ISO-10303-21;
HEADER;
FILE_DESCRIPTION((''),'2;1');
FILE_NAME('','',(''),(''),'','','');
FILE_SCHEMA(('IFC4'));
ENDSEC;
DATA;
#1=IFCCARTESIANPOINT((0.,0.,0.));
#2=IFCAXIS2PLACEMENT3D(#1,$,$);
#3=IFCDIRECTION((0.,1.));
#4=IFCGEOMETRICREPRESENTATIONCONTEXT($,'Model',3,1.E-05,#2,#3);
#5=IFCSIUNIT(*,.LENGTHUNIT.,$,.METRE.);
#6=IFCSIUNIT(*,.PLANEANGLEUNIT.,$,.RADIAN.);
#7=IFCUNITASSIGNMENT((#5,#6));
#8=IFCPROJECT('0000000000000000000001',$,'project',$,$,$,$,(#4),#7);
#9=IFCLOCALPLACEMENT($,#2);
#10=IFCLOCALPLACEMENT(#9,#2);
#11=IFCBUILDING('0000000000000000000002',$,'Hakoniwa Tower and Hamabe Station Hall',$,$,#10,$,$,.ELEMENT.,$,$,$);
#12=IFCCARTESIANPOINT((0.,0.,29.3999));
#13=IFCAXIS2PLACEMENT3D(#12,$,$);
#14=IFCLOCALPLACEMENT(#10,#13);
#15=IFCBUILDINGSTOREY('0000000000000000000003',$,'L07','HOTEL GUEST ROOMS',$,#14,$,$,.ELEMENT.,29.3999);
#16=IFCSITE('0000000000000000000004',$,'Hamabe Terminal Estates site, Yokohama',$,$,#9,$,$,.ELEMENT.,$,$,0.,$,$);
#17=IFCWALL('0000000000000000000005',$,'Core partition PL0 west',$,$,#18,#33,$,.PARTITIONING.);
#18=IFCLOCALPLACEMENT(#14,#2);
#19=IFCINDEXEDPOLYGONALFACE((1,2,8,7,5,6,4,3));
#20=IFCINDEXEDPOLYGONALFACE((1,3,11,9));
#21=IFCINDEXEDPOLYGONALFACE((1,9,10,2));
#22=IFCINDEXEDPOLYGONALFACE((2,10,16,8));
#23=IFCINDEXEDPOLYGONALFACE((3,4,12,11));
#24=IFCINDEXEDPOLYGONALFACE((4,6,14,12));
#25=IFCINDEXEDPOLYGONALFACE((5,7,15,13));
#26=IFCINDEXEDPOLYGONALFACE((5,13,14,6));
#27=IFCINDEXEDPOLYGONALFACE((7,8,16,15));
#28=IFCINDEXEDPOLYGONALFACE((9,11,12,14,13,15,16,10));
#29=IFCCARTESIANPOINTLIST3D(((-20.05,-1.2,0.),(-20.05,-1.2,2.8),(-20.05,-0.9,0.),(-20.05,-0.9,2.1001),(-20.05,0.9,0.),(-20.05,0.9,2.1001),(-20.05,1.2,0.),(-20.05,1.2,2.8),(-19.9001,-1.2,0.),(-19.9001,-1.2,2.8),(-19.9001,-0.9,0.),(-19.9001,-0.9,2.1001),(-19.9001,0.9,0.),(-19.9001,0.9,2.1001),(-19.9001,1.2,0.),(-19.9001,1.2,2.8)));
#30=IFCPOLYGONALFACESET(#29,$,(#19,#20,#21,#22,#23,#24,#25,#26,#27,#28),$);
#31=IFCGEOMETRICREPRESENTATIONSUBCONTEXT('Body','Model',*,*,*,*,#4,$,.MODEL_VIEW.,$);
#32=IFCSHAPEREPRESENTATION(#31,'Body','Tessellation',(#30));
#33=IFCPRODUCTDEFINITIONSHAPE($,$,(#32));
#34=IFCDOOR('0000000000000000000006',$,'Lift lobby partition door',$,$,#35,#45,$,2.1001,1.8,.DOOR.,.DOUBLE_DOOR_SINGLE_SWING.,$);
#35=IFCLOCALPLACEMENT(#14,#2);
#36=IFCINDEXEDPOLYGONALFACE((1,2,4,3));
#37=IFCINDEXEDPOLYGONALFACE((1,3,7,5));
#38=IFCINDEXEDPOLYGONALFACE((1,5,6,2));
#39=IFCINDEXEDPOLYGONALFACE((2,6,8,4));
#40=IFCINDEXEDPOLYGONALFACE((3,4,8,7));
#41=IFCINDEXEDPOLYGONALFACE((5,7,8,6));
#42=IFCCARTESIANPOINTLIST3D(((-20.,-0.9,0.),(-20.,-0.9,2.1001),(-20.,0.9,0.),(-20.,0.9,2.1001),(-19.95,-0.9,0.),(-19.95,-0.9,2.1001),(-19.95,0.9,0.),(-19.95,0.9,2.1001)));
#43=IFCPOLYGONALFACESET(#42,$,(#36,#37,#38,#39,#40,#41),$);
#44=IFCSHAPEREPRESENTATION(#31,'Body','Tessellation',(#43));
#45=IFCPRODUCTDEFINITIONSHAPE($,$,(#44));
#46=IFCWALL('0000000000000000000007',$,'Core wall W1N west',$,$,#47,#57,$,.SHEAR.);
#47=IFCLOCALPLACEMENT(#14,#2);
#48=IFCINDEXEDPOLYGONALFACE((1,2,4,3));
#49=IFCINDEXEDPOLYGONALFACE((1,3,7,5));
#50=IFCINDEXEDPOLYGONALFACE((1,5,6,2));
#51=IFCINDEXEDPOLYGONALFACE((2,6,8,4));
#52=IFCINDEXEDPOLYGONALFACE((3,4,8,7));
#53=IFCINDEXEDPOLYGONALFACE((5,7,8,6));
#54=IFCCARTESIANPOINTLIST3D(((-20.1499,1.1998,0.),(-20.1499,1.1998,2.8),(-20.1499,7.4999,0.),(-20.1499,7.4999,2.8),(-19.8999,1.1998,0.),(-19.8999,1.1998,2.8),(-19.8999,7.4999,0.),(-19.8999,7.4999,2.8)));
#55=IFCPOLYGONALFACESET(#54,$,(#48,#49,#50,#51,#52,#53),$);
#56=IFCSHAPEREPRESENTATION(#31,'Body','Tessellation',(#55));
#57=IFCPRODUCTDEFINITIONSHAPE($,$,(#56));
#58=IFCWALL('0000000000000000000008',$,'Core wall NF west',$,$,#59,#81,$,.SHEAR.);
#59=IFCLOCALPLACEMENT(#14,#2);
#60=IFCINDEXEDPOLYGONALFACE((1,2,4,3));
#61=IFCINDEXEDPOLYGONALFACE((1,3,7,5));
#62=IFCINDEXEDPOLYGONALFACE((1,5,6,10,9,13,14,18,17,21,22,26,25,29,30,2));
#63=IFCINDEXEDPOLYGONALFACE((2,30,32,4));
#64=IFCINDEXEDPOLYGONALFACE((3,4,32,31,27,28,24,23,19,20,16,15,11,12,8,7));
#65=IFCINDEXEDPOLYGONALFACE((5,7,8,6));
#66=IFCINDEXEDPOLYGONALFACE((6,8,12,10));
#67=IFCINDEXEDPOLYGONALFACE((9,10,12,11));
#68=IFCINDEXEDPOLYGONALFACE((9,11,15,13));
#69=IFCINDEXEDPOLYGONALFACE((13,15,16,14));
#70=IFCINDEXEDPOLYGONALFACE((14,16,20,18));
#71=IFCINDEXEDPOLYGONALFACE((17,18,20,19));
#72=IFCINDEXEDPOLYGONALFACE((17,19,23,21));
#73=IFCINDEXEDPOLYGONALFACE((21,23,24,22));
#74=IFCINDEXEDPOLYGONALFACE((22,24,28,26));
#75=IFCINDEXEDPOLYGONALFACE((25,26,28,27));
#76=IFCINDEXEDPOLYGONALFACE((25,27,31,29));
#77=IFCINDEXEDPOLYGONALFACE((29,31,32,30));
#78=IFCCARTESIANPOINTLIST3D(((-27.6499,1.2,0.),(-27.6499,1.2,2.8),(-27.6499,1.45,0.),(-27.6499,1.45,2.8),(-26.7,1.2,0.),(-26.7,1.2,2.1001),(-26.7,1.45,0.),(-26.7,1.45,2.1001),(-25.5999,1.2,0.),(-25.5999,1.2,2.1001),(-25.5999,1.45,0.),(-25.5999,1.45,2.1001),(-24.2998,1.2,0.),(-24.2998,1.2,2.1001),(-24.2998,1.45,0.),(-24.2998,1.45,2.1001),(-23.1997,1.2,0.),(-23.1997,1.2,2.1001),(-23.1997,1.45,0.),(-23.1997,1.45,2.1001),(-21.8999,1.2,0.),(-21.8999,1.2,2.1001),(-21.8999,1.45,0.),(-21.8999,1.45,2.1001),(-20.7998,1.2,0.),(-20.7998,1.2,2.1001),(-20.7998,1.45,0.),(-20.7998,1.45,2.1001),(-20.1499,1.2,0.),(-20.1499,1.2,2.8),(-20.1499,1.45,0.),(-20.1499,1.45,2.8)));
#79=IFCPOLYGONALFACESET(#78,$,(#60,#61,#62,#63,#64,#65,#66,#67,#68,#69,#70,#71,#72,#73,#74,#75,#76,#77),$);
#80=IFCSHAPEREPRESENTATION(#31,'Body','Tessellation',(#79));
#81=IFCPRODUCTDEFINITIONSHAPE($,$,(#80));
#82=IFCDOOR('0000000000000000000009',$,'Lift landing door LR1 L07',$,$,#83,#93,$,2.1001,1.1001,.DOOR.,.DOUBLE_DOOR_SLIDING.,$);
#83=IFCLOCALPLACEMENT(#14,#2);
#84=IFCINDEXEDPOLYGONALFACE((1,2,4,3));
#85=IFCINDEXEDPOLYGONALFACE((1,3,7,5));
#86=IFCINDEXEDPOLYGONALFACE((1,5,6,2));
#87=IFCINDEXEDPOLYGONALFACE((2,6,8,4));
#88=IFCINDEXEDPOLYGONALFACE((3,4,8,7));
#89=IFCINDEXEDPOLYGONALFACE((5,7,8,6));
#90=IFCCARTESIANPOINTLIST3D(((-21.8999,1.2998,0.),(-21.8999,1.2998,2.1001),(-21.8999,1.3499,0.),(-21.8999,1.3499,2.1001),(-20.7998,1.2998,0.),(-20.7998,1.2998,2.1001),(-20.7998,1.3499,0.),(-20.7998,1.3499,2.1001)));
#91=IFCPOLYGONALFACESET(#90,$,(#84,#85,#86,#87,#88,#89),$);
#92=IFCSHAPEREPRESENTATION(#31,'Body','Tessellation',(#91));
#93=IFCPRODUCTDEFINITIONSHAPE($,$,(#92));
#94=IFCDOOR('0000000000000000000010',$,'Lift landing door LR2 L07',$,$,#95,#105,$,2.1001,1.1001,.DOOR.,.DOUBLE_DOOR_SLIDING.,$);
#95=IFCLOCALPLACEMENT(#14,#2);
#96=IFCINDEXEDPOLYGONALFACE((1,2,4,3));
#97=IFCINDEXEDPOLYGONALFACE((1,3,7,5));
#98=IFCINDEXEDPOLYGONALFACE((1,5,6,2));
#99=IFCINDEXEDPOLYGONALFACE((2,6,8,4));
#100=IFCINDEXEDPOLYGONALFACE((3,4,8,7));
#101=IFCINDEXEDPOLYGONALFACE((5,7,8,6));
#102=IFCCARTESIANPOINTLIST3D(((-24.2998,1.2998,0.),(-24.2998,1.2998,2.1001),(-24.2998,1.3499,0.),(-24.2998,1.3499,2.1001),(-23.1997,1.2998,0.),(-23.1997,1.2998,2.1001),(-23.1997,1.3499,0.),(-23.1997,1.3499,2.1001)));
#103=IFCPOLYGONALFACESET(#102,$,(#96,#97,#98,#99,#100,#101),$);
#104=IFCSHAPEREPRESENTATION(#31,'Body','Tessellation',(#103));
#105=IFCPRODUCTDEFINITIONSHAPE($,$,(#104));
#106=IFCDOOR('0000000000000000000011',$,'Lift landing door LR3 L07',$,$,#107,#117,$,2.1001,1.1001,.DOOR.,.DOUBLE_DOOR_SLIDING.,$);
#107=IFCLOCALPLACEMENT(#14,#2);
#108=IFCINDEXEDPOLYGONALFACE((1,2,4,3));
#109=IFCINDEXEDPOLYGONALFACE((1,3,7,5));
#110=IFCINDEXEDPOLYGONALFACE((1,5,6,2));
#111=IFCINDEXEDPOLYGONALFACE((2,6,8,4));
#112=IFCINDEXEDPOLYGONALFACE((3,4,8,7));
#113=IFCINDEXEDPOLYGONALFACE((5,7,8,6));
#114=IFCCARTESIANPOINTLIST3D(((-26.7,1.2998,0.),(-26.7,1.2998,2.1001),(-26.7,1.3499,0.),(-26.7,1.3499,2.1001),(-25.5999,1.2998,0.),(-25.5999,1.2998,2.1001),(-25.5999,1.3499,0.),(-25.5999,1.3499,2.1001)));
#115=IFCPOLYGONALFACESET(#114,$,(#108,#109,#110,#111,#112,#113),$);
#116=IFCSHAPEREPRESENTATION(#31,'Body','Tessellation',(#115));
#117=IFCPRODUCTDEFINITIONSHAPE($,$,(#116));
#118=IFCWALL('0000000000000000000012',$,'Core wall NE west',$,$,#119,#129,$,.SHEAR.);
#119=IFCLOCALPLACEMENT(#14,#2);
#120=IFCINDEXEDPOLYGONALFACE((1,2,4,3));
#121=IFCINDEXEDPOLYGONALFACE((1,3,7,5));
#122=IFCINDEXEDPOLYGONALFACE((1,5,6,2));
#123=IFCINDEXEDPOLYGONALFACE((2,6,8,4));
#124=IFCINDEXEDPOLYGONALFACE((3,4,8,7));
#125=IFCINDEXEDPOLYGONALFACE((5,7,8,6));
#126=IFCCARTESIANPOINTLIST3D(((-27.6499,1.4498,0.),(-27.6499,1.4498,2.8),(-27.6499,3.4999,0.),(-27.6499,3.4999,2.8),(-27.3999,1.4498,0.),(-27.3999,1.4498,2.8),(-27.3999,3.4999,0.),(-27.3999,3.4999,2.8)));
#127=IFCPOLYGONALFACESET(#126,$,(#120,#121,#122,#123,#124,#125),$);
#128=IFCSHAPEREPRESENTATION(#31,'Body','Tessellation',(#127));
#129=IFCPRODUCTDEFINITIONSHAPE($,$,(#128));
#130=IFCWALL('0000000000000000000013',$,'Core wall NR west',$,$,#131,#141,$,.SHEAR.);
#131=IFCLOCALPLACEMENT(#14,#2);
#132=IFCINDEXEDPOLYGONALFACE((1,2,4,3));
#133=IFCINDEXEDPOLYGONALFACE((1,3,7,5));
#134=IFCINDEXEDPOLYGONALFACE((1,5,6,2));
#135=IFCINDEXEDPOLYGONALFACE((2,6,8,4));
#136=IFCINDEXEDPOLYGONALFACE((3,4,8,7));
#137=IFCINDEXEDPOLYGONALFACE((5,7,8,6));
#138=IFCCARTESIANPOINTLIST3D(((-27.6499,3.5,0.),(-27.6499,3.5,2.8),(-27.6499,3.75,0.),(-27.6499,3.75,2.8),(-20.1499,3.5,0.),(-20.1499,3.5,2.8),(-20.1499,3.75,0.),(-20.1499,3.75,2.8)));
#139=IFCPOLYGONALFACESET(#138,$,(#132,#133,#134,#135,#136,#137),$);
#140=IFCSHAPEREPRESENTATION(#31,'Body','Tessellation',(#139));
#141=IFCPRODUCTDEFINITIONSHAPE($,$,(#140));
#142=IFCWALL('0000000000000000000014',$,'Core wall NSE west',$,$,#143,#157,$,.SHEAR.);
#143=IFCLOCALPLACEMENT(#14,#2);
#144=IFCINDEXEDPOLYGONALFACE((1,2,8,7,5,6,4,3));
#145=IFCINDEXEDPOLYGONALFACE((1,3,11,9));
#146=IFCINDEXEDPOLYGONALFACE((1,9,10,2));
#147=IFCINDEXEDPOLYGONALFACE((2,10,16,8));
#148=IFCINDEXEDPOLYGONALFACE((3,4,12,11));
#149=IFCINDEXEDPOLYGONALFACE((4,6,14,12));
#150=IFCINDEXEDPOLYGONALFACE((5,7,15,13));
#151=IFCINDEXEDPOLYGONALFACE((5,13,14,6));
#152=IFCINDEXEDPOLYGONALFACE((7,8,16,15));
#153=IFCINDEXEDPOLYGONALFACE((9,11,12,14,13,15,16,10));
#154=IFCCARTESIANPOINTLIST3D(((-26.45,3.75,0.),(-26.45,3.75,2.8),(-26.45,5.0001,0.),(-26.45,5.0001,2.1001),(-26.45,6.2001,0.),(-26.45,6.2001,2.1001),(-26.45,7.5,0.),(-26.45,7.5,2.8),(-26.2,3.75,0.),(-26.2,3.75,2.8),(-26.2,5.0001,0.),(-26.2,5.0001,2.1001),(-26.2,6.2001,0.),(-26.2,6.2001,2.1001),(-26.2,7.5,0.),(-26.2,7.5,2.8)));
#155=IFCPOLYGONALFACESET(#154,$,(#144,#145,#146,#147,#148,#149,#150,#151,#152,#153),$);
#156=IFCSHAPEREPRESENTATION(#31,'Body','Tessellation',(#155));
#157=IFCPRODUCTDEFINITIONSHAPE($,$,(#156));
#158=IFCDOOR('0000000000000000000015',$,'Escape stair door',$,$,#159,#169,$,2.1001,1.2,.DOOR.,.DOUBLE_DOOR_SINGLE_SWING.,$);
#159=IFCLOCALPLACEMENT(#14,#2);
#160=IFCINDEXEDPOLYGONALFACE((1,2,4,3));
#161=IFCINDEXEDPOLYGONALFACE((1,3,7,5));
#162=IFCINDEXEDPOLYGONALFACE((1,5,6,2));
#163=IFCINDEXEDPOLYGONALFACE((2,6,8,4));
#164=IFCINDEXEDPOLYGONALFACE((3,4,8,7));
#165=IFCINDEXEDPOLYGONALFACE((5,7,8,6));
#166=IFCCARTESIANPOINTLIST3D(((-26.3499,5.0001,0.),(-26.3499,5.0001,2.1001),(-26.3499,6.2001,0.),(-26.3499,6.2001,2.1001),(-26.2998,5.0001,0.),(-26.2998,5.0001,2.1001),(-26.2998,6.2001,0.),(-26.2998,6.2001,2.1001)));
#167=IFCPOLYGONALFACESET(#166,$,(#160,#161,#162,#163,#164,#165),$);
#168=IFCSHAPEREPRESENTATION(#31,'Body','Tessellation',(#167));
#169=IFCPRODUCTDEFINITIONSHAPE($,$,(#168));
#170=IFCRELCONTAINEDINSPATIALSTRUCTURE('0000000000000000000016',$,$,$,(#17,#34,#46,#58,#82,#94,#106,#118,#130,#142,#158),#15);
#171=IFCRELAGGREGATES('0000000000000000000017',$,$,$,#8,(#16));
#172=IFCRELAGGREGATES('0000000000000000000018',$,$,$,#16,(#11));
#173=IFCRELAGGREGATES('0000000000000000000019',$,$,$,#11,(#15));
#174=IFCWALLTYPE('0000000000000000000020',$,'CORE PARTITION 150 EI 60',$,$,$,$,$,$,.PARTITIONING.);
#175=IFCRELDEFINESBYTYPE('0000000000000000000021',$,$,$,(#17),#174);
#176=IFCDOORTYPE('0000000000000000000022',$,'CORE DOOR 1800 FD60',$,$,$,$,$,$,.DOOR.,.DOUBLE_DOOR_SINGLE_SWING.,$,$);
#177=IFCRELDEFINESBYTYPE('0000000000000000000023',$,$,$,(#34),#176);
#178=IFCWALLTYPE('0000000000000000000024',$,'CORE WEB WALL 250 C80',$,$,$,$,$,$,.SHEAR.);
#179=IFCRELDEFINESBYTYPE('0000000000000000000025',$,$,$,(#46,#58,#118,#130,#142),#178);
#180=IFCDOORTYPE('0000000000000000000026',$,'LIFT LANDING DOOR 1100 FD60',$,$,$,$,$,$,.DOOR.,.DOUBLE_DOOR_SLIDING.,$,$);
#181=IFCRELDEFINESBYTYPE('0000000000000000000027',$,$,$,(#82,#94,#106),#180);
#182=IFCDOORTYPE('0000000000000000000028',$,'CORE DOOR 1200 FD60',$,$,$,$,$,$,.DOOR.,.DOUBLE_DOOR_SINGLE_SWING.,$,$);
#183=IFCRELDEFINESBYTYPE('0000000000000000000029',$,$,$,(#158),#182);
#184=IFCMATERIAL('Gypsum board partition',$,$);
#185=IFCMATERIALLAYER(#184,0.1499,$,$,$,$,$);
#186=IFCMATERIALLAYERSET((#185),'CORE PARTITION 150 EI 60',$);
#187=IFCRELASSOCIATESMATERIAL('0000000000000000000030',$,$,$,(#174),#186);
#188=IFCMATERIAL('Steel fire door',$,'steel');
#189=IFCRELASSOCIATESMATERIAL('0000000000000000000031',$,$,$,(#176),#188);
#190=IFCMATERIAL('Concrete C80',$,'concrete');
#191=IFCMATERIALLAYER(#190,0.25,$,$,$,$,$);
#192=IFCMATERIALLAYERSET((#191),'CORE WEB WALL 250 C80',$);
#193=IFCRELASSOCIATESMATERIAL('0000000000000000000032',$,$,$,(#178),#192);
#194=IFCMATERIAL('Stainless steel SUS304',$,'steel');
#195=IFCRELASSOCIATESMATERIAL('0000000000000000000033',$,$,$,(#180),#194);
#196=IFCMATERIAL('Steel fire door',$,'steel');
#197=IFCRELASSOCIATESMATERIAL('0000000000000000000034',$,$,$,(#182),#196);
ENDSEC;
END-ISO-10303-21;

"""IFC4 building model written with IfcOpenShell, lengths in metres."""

from ifc_helpers import new_model, si_unit, direction, frame, frame_2d, origin, place, context, subcontext, project, spatial, rectangle, extrude, material, layer, layer_set, type_object, element, fill, save


model = new_model("IFC4")

# Units and contexts
model_context = context("Model", 3, precision=1e-05, world=origin(), true_north=direction((0.0, 1.0)))
body_context = subcontext(model_context, "Body", "Model", "MODEL_VIEW")
ifc_project = project(units=[si_unit("LENGTHUNIT", "METRE"), si_unit("PLANEANGLEUNIT", "RADIAN")], contexts=[model_context])

# Site, building, storey
site_placement = place(None, origin())
site = spatial("IfcSite", under=ifc_project, at=site_placement, Name="Hamabe Terminal Estates site, Yokohama", CompositionType="ELEMENT", RefElevation=0.0)
building_placement = place(site_placement, origin())
building = spatial("IfcBuilding", under=site, at=building_placement, Name="Hakoniwa Tower and Hamabe Station Hall", CompositionType="ELEMENT")
storey_placement = place(building_placement, frame((0.0, 0.0, 29.3999)))
storey = spatial("IfcBuildingStorey", under=building, at=storey_placement, Name="L07", Description="HOTEL GUEST ROOMS", CompositionType="ELEMENT", Elevation=29.3999)

# Wall, opening, door
ifc_material_1 = material(Name="Gypsum board partition")
ifc_layer_1 = layer(ifc_material_1, 0.1499)
ifc_layer_set_1 = layer_set([ifc_layer_1], Name="CORE PARTITION 150 EI 60")
wall_type_1 = type_object("IfcWallType", Name="CORE PARTITION 150 EI 60", PredefinedType="PARTITIONING", material=ifc_layer_set_1)
wall_1_placement = place(storey_placement, frame((-19.9751, -1.2, 0.0), z_axis=(0.0, 0.0, 1.0), x_axis=(0.0, 1.0, 0.0)))
wall_1 = element("IfcWall", 1, at=wall_1_placement, inside=storey, type_object=wall_type_1, Name="Core partition PL0 west", PredefinedType="PARTITIONING", context=body_context, shape_type="SweptSolid", body=[
    extrude(rectangle(XDim=2.3999, YDim=0.1499, at=frame_2d((1.2, 0.0))), origin(), (0.0, 0.0, 1.0), 2.8),
])
opening_1_placement = place(wall_1_placement, frame((0.3, 0.0, 0.0)))
opening_1 = element("IfcOpeningElement", 2, at=opening_1_placement, cuts=wall_1, PredefinedType="OPENING", context=body_context, shape_type="SweptSolid", body=[
    extrude(rectangle(XDim=1.8, YDim=2.1001, at=frame_2d((0.8999, 1.05))), frame((0.0, 0.085, 0.0), z_axis=(0.0, -1.0, 0.0), x_axis=(1.0, 0.0, 0.0)), (0.0, 0.0, 1.0), 0.1699),
])
ifc_material_2 = material(Name="Steel fire door", Category="steel")
door_type_1 = type_object("IfcDoorType", Name="CORE DOOR 1800 FD60", OperationType="DOUBLE_DOOR_SINGLE_SWING", PredefinedType="DOOR", material=ifc_material_2)
door_1_placement = place(opening_1_placement, origin())
door_1 = element("IfcDoor", 3, at=door_1_placement, inside=storey, type_object=door_type_1, Name="Lift lobby partition door", OperationType="DOUBLE_DOOR_SINGLE_SWING", OverallHeight=2.1001, OverallWidth=1.8, PredefinedType="DOOR", context=body_context, shape_type="SweptSolid", body=[
    extrude(rectangle(XDim=1.8, YDim=2.1001, at=frame_2d((0.8999, 1.05))), frame((0.0, 0.0249, 0.0), z_axis=(0.0, -1.0, 0.0), x_axis=(1.0, 0.0, 0.0)), (0.0, 0.0, 1.0), 0.05),
])
fill(opening_1, door_1)

# Wall
ifc_material_3 = material(Name="Concrete C80", Category="concrete")
ifc_layer_2 = layer(ifc_material_3, 0.25)
ifc_layer_set_2 = layer_set([ifc_layer_2], Name="CORE WEB WALL 250 C80")
wall_type_2 = type_object("IfcWallType", Name="CORE WEB WALL 250 C80", PredefinedType="SHEAR", material=ifc_layer_set_2)
wall_2_placement = place(storey_placement, frame((-20.0249, 1.2, 0.0), z_axis=(0.0, 0.0, 1.0), x_axis=(0.0, 1.0, 0.0)))
element("IfcWall", 4, at=wall_2_placement, inside=storey, type_object=wall_type_2, Name="Core wall W1N west", PredefinedType="SHEAR", context=body_context, shape_type="SweptSolid", body=[
    extrude(rectangle(XDim=6.3, YDim=0.25, at=frame_2d((3.1499, 0.0))), origin(), (0.0, 0.0, 1.0), 2.8),
])

# Wall, openings, doors
wall_3_placement = place(storey_placement, frame((-27.6499, 1.325, 0.0), z_axis=(0.0, 0.0, 1.0), x_axis=(1.0, 0.0, 0.0)))
wall_3 = element("IfcWall", 5, at=wall_3_placement, inside=storey, type_object=wall_type_2, Name="Core wall NF west", PredefinedType="SHEAR", context=body_context, shape_type="SweptSolid", body=[
    extrude(rectangle(XDim=7.5, YDim=0.25, at=frame_2d((3.75, 0.0))), origin(), (0.0, 0.0, 1.0), 2.8),
])
opening_2_placement = place(wall_3_placement, frame((5.75, 0.0, 0.0)))
opening_2 = element("IfcOpeningElement", 6, at=opening_2_placement, cuts=wall_3, PredefinedType="OPENING", context=body_context, shape_type="SweptSolid", body=[
    extrude(rectangle(XDim=1.1001, YDim=2.1001, at=frame_2d((0.55, 1.05))), frame((0.0, 0.135, 0.0), z_axis=(0.0, -1.0, 0.0), x_axis=(1.0, 0.0, 0.0)), (0.0, 0.0, 1.0), 0.27),
])
opening_3_placement = place(wall_3_placement, frame((3.3501, 0.0, 0.0)))
opening_3 = element("IfcOpeningElement", 7, at=opening_3_placement, cuts=wall_3, PredefinedType="OPENING", context=body_context, shape_type="SweptSolid", body=[
    extrude(rectangle(XDim=1.1001, YDim=2.1001, at=frame_2d((0.55, 1.05))), frame((0.0, 0.135, 0.0), z_axis=(0.0, -1.0, 0.0), x_axis=(1.0, 0.0, 0.0)), (0.0, 0.0, 1.0), 0.27),
])
opening_4_placement = place(wall_3_placement, frame((0.95, 0.0, 0.0)))
opening_4 = element("IfcOpeningElement", 8, at=opening_4_placement, cuts=wall_3, PredefinedType="OPENING", context=body_context, shape_type="SweptSolid", body=[
    extrude(rectangle(XDim=1.1001, YDim=2.1001, at=frame_2d((0.55, 1.05))), frame((0.0, 0.135, 0.0), z_axis=(0.0, -1.0, 0.0), x_axis=(1.0, 0.0, 0.0)), (0.0, 0.0, 1.0), 0.27),
])
ifc_material_4 = material(Name="Stainless steel SUS304", Category="steel")
door_type_2 = type_object("IfcDoorType", Name="LIFT LANDING DOOR 1100 FD60", OperationType="DOUBLE_DOOR_SLIDING", PredefinedType="DOOR", material=ifc_material_4)
door_2_placement = place(opening_2_placement, origin())
door_2 = element("IfcDoor", 9, at=door_2_placement, inside=storey, type_object=door_type_2, Name="Lift landing door LR1 L07", OperationType="DOUBLE_DOOR_SLIDING", OverallHeight=2.1001, OverallWidth=1.1001, PredefinedType="DOOR", context=body_context, shape_type="SweptSolid", body=[
    extrude(rectangle(XDim=1.1001, YDim=2.1001, at=frame_2d((0.55, 1.05))), frame((0.0, 0.0249, 0.0), z_axis=(0.0, -1.0, 0.0), x_axis=(1.0, 0.0, 0.0)), (0.0, 0.0, 1.0), 0.05),
])
fill(opening_2, door_2)
door_3_placement = place(opening_3_placement, origin())
door_3 = element("IfcDoor", 10, at=door_3_placement, inside=storey, type_object=door_type_2, Name="Lift landing door LR2 L07", OperationType="DOUBLE_DOOR_SLIDING", OverallHeight=2.1001, OverallWidth=1.1001, PredefinedType="DOOR", context=body_context, shape_type="SweptSolid", body=[
    extrude(rectangle(XDim=1.1001, YDim=2.1001, at=frame_2d((0.55, 1.05))), frame((0.0, 0.0249, 0.0), z_axis=(0.0, -1.0, 0.0), x_axis=(1.0, 0.0, 0.0)), (0.0, 0.0, 1.0), 0.05),
])
fill(opening_3, door_3)
door_4_placement = place(opening_4_placement, origin())
door_4 = element("IfcDoor", 11, at=door_4_placement, inside=storey, type_object=door_type_2, Name="Lift landing door LR3 L07", OperationType="DOUBLE_DOOR_SLIDING", OverallHeight=2.1001, OverallWidth=1.1001, PredefinedType="DOOR", context=body_context, shape_type="SweptSolid", body=[
    extrude(rectangle(XDim=1.1001, YDim=2.1001, at=frame_2d((0.55, 1.05))), frame((0.0, 0.0249, 0.0), z_axis=(0.0, -1.0, 0.0), x_axis=(1.0, 0.0, 0.0)), (0.0, 0.0, 1.0), 0.05),
])
fill(opening_4, door_4)

# Walls
wall_4_placement = place(storey_placement, frame((-27.5249, 1.45, 0.0), z_axis=(0.0, 0.0, 1.0), x_axis=(0.0, 1.0, 0.0)))
element("IfcWall", 12, at=wall_4_placement, inside=storey, type_object=wall_type_2, Name="Core wall NE west", PredefinedType="SHEAR", context=body_context, shape_type="SweptSolid", body=[
    extrude(rectangle(XDim=2.05, YDim=0.25, at=frame_2d((1.0249, 0.0))), origin(), (0.0, 0.0, 1.0), 2.8),
])
wall_5_placement = place(storey_placement, frame((-27.6499, 3.625, 0.0), z_axis=(0.0, 0.0, 1.0), x_axis=(1.0, 0.0, 0.0)))
element("IfcWall", 13, at=wall_5_placement, inside=storey, type_object=wall_type_2, Name="Core wall NR west", PredefinedType="SHEAR", context=body_context, shape_type="SweptSolid", body=[
    extrude(rectangle(XDim=7.5, YDim=0.25, at=frame_2d((3.75, 0.0))), origin(), (0.0, 0.0, 1.0), 2.8),
])

# Wall, opening, door
wall_6_placement = place(storey_placement, frame((-26.325, 3.75, 0.0), z_axis=(0.0, 0.0, 1.0), x_axis=(0.0, 1.0, 0.0)))
wall_6 = element("IfcWall", 14, at=wall_6_placement, inside=storey, type_object=wall_type_2, Name="Core wall NSE west", PredefinedType="SHEAR", context=body_context, shape_type="SweptSolid", body=[
    extrude(rectangle(XDim=3.75, YDim=0.25, at=frame_2d((1.875, 0.0))), origin(), (0.0, 0.0, 1.0), 2.8),
])
opening_5_placement = place(wall_6_placement, frame((1.25, 0.0, 0.0)))
opening_5 = element("IfcOpeningElement", 15, at=opening_5_placement, cuts=wall_6, PredefinedType="OPENING", context=body_context, shape_type="SweptSolid", body=[
    extrude(rectangle(XDim=1.2, YDim=2.1001, at=frame_2d((0.6001, 1.05))), frame((0.0, 0.135, 0.0), z_axis=(0.0, -1.0, 0.0), x_axis=(1.0, 0.0, 0.0)), (0.0, 0.0, 1.0), 0.27),
])
ifc_material_5 = material(Name="Steel fire door", Category="steel")
door_type_3 = type_object("IfcDoorType", Name="CORE DOOR 1200 FD60", OperationType="DOUBLE_DOOR_SINGLE_SWING", PredefinedType="DOOR", material=ifc_material_5)
door_5_placement = place(opening_5_placement, origin())
door_5 = element("IfcDoor", 16, at=door_5_placement, inside=storey, type_object=door_type_3, Name="Escape stair door", OperationType="DOUBLE_DOOR_SINGLE_SWING", OverallHeight=2.1001, OverallWidth=1.2, PredefinedType="DOOR", context=body_context, shape_type="SweptSolid", body=[
    extrude(rectangle(XDim=1.2, YDim=2.1001, at=frame_2d((0.6001, 1.05))), frame((0.0, 0.0249, 0.0), z_axis=(0.0, -1.0, 0.0), x_axis=(1.0, 0.0, 0.0)), (0.0, 0.0, 1.0), 0.05),
])
fill(opening_5, door_5)

save(model, "model.ifc")
